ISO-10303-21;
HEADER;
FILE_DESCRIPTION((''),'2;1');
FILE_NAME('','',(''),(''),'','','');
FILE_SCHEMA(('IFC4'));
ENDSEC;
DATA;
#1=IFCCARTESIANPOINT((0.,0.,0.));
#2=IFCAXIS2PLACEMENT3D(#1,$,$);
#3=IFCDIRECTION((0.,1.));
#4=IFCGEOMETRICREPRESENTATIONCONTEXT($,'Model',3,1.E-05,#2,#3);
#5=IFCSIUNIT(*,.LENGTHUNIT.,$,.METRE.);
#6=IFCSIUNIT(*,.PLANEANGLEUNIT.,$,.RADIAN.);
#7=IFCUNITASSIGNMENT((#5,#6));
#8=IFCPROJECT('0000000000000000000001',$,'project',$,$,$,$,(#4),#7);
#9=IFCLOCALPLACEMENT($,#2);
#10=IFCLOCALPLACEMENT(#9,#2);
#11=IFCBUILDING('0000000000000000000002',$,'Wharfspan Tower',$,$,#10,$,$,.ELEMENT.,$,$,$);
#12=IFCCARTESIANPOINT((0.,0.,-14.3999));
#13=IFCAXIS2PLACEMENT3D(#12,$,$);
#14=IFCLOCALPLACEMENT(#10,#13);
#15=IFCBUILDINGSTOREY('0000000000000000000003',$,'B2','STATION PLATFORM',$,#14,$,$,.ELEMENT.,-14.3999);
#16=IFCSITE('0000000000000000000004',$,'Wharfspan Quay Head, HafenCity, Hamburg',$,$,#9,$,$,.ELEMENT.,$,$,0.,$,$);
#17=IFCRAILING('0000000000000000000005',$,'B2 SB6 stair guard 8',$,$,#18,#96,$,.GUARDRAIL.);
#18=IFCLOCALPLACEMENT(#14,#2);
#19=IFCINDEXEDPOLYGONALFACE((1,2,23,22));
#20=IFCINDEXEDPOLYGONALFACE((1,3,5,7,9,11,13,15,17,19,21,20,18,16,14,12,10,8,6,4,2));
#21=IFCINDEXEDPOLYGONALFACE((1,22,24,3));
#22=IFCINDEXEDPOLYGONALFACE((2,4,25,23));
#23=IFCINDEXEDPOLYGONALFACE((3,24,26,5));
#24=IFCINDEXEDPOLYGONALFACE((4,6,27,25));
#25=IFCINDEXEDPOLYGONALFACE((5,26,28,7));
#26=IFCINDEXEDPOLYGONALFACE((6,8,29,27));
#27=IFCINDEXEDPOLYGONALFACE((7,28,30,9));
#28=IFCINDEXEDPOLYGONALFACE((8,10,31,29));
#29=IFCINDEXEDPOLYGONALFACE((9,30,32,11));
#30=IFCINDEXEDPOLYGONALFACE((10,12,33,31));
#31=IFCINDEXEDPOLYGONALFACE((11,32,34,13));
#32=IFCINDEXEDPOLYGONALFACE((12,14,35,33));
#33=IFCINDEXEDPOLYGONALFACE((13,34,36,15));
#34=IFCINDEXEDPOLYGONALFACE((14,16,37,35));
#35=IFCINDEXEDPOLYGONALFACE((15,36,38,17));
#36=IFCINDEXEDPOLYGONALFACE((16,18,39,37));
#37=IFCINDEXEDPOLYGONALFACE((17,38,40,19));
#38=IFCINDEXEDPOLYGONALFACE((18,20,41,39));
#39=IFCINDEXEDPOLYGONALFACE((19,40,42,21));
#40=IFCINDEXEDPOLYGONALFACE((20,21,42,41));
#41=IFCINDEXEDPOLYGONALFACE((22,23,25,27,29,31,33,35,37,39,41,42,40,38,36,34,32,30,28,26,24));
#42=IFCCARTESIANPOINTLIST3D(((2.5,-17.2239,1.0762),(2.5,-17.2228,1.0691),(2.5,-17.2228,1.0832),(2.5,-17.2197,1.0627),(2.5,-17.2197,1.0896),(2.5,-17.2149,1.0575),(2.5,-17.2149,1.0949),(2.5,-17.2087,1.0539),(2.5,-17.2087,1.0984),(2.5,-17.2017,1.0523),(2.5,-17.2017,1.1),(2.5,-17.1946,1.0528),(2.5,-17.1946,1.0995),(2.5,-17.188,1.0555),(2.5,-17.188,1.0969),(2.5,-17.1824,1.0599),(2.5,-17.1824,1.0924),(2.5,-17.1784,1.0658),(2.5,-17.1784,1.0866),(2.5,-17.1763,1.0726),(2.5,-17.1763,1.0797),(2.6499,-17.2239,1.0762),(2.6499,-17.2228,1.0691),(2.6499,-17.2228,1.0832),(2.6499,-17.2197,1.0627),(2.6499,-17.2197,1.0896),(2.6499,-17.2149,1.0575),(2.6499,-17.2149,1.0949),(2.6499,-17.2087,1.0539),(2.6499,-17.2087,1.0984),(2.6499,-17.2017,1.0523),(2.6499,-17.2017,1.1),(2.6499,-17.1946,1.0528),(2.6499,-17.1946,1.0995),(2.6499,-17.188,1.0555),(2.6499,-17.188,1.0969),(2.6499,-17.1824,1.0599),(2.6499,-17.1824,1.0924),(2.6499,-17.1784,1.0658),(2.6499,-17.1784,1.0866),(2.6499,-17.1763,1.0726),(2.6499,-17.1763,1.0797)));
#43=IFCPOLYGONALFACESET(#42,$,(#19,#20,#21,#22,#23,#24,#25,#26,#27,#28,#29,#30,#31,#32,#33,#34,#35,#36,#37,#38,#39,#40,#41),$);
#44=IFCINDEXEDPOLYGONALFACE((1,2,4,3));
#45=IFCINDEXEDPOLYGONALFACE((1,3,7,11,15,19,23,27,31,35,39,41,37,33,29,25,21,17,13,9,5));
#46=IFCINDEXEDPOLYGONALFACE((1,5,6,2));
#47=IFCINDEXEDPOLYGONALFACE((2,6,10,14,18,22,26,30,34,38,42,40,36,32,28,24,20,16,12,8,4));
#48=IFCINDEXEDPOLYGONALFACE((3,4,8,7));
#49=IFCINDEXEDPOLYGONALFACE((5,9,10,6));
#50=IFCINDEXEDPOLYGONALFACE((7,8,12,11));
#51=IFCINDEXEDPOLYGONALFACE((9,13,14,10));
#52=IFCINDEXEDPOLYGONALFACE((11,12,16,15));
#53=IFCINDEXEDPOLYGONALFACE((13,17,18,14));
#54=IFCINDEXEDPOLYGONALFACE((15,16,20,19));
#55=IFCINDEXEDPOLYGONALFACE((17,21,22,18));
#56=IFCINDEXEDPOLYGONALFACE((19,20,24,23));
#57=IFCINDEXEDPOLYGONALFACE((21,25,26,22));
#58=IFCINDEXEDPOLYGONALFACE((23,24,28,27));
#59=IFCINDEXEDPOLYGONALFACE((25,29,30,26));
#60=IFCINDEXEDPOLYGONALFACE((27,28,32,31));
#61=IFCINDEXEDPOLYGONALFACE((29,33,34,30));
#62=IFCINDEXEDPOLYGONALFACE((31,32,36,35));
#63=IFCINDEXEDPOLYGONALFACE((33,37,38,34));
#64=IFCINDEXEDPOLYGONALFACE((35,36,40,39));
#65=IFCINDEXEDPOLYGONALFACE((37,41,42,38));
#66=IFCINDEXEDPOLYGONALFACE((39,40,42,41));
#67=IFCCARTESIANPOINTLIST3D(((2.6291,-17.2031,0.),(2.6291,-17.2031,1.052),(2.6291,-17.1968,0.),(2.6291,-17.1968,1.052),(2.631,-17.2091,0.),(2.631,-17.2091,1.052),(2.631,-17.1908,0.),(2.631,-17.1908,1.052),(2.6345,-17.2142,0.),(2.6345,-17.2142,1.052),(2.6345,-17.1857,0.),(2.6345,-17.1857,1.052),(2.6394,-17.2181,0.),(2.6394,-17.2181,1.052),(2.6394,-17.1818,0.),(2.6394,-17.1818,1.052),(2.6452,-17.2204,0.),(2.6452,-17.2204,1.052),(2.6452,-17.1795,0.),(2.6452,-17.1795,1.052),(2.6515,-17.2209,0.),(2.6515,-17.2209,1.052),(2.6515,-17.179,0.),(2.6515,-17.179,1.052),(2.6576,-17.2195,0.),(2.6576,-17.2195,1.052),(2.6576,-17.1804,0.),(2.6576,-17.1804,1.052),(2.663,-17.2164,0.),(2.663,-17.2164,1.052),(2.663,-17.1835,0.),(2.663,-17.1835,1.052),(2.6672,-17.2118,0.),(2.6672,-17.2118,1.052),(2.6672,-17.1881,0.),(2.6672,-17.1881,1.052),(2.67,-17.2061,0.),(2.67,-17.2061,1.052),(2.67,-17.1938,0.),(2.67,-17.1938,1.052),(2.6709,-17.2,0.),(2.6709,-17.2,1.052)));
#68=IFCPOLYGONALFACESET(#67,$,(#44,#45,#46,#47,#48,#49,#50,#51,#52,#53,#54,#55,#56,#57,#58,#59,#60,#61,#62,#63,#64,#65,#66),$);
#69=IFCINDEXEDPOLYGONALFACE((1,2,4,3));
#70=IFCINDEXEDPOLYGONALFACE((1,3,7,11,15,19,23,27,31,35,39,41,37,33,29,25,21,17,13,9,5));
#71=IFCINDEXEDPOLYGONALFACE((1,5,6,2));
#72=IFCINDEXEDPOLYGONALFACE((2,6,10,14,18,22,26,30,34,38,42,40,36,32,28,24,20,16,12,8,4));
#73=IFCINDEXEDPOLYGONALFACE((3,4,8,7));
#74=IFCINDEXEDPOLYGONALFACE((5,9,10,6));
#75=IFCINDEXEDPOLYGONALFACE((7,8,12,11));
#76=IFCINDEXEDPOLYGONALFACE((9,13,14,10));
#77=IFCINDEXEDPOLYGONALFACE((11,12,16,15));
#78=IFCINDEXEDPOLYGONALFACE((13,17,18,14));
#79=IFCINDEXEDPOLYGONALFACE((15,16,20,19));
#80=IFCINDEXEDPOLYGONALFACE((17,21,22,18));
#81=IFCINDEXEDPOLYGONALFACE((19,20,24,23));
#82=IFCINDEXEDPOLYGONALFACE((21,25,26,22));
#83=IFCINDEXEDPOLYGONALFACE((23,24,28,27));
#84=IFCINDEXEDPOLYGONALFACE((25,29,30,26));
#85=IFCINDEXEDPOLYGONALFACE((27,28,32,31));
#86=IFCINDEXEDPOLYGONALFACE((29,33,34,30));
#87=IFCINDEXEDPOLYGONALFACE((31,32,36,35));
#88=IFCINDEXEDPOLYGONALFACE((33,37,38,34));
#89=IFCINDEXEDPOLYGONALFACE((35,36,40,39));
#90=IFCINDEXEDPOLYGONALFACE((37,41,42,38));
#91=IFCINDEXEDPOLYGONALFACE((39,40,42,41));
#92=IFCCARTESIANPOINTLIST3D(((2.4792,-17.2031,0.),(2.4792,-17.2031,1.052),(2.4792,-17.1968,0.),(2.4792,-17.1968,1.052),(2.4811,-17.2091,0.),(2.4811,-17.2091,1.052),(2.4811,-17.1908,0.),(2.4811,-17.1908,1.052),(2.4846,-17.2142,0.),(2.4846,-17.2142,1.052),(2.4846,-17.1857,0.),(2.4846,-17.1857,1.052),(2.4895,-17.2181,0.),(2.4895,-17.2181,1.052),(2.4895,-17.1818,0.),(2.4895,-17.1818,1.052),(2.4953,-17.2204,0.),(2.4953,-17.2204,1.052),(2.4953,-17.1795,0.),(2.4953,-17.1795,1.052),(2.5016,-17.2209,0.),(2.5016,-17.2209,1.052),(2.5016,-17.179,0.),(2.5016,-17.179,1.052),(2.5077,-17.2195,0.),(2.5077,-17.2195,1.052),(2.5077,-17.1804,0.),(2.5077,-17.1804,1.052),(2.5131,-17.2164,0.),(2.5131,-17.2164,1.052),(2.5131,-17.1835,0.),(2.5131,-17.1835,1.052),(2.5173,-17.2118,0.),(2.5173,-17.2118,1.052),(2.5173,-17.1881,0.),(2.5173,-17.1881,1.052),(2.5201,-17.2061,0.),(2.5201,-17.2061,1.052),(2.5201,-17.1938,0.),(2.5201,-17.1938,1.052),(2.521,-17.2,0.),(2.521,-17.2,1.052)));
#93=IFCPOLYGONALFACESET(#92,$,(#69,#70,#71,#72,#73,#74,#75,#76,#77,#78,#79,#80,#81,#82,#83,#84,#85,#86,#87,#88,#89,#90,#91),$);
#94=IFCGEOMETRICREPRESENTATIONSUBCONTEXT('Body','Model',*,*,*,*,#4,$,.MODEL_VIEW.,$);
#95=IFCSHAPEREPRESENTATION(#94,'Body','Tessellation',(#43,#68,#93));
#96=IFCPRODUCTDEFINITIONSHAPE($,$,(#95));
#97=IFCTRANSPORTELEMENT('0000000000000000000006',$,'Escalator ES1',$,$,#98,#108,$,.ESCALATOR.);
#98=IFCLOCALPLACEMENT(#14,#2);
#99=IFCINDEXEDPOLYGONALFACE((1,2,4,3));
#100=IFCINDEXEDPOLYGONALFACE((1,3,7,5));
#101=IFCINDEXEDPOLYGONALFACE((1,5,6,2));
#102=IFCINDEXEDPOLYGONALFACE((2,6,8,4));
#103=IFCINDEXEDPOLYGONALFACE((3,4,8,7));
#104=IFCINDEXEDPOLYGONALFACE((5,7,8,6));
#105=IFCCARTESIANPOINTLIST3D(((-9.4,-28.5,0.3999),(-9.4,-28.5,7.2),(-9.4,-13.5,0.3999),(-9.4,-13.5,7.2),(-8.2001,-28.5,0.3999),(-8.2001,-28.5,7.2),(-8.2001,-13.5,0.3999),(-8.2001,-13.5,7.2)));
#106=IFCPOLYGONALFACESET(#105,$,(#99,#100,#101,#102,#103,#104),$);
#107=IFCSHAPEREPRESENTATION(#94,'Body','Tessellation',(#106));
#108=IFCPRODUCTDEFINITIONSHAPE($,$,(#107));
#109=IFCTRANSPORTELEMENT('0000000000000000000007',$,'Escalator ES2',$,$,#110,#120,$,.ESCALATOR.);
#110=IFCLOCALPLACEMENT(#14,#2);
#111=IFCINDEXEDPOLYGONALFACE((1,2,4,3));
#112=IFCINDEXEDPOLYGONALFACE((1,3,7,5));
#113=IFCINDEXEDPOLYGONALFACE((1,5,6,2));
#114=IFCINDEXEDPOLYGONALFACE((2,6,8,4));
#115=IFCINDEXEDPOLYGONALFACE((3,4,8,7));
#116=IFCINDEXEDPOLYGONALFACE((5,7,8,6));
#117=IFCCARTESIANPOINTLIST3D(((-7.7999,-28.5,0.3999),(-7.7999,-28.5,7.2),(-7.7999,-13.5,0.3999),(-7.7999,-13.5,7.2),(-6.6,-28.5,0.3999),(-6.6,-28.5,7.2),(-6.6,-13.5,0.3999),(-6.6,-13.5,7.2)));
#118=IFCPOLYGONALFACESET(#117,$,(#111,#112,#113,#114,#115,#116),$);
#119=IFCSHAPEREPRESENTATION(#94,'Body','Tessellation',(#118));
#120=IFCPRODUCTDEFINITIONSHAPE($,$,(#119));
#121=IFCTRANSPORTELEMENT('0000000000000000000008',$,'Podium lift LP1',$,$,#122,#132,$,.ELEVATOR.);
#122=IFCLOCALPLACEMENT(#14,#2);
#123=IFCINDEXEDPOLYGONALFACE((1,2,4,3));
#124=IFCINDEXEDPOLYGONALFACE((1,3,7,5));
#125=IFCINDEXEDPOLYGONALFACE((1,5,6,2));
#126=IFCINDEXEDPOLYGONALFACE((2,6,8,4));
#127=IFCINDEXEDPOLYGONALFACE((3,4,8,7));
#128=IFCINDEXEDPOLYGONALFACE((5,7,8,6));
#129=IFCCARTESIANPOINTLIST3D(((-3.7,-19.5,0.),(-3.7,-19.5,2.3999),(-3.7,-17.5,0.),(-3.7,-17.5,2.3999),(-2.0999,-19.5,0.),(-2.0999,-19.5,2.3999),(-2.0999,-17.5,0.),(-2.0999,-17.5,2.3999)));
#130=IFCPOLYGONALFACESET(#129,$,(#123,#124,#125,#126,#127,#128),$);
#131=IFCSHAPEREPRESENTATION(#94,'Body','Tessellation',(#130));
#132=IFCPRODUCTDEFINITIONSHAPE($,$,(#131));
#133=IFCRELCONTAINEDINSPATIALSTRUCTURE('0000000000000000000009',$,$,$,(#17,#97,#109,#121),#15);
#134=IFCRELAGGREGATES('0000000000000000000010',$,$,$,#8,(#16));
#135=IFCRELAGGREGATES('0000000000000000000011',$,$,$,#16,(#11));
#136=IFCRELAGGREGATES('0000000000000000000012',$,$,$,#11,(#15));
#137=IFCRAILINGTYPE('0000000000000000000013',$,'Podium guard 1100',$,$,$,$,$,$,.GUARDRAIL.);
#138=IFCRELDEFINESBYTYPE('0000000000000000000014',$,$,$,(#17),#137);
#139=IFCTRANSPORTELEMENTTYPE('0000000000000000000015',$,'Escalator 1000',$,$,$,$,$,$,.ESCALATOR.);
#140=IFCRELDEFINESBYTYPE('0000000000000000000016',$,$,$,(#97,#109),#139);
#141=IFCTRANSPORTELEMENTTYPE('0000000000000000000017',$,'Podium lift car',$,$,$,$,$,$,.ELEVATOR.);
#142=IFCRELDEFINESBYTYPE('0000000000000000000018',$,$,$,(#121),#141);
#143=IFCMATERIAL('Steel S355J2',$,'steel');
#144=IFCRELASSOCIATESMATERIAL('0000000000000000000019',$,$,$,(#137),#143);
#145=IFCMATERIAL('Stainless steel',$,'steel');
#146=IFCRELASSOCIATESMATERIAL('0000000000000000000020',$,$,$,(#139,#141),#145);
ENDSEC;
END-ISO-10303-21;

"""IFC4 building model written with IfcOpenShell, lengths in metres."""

from ifc_helpers import new_model, si_unit, direction, frame, origin, origin_2d, place, context, subcontext, project, spatial, rectangle, circle, extrude, material, type_object, element, save


model = new_model("IFC4")

# Units and contexts
model_context = context("Model", 3, precision=1e-05, world=origin(), true_north=direction((0.0, 1.0)))
body_context = subcontext(model_context, "Body", "Model", "MODEL_VIEW")
ifc_project = project(units=[si_unit("LENGTHUNIT", "METRE"), si_unit("PLANEANGLEUNIT", "RADIAN")], contexts=[model_context])

# Site, building, storey
site_placement = place(None, origin())
site = spatial("IfcSite", under=ifc_project, at=site_placement, Name="Wharfspan Quay Head, HafenCity, Hamburg", CompositionType="ELEMENT", RefElevation=0.0)
building_placement = place(site_placement, origin())
building = spatial("IfcBuilding", under=site, at=building_placement, Name="Wharfspan Tower", CompositionType="ELEMENT")
storey_placement = place(building_placement, frame((0.0, 0.0, -14.3999)))
storey = spatial("IfcBuildingStorey", under=building, at=storey_placement, Name="B2", Description="STATION PLATFORM", CompositionType="ELEMENT", Elevation=-14.3999)

# Shared definitions
ifc_material_1 = material(Name="Stainless steel", Category="steel")

# Railing
ifc_material_2 = material(Name="Steel S355J2", Category="steel")
railing_type = type_object("IfcRailingType", Name="Podium guard 1100", PredefinedType="GUARDRAIL", material=ifc_material_2)
railing_1_placement = place(storey_placement, frame((2.6499, -17.2, 0.0)))
element("IfcRailing", 1, at=railing_1_placement, inside=storey, type_object=railing_type, Name="B2 SB6 stair guard 8", PredefinedType="GUARDRAIL", context=body_context, shape_type="SweptSolid", body=[
    extrude(circle(Radius=0.0239, at=origin_2d()), frame((0.0, 0.0, 1.0762), z_axis=(-1.0, 0.0, 0.0), x_axis=(0.0, -1.0, 0.0)), (0.0, 0.0, 1.0), 0.1499),
    extrude(circle(Radius=0.021, at=origin_2d()), origin(), (0.0, 0.0, 1.0), 1.052),
    extrude(circle(Radius=0.021, at=origin_2d()), frame((-0.1499, 0.0, 0.0)), (0.0, 0.0, 1.0), 1.052),
])

# Transport elements
transport_element_type_1 = type_object("IfcTransportElementType", Name="Escalator 1000", PredefinedType="ESCALATOR", material=ifc_material_1)
for number, where, z_axis, x_axis, name in (
    (2, (-8.8, -21.0, 0.3999), (0.0, 0.0, 1.0), (1.0, 0.0, 0.0), "Escalator ES1"),
    (3, (-7.2, -21.0, 0.3999), (0.0, 0.0, 1.0), (1.0, 0.0, 0.0), "Escalator ES2"),
):
    element("IfcTransportElement", number, at=place(storey_placement, frame(where, z_axis=z_axis, x_axis=x_axis)), inside=storey, type_object=transport_element_type_1, Name=name, PredefinedType="ESCALATOR", context=body_context, shape_type="SweptSolid", body=[
        extrude(rectangle(XDim=1.2, YDim=15.0, at=origin_2d()), origin(), (0.0, 0.0, 1.0), 6.8),
    ])
transport_element_type_2 = type_object("IfcTransportElementType", Name="Podium lift car", PredefinedType="ELEVATOR", material=ifc_material_1)
transport_element_placement = place(storey_placement, frame((-2.8999, -18.5, 0.0), z_axis=(0.0, 0.0, 1.0), x_axis=(1.0, 0.0, 0.0)))
element("IfcTransportElement", 4, at=transport_element_placement, inside=storey, type_object=transport_element_type_2, Name="Podium lift LP1", PredefinedType="ELEVATOR", context=body_context, shape_type="SweptSolid", body=[
    extrude(rectangle(XDim=1.6001, YDim=2.0, at=origin_2d()), origin(), (0.0, 0.0, 1.0), 2.3999),
])

save(model, "model.ifc")
